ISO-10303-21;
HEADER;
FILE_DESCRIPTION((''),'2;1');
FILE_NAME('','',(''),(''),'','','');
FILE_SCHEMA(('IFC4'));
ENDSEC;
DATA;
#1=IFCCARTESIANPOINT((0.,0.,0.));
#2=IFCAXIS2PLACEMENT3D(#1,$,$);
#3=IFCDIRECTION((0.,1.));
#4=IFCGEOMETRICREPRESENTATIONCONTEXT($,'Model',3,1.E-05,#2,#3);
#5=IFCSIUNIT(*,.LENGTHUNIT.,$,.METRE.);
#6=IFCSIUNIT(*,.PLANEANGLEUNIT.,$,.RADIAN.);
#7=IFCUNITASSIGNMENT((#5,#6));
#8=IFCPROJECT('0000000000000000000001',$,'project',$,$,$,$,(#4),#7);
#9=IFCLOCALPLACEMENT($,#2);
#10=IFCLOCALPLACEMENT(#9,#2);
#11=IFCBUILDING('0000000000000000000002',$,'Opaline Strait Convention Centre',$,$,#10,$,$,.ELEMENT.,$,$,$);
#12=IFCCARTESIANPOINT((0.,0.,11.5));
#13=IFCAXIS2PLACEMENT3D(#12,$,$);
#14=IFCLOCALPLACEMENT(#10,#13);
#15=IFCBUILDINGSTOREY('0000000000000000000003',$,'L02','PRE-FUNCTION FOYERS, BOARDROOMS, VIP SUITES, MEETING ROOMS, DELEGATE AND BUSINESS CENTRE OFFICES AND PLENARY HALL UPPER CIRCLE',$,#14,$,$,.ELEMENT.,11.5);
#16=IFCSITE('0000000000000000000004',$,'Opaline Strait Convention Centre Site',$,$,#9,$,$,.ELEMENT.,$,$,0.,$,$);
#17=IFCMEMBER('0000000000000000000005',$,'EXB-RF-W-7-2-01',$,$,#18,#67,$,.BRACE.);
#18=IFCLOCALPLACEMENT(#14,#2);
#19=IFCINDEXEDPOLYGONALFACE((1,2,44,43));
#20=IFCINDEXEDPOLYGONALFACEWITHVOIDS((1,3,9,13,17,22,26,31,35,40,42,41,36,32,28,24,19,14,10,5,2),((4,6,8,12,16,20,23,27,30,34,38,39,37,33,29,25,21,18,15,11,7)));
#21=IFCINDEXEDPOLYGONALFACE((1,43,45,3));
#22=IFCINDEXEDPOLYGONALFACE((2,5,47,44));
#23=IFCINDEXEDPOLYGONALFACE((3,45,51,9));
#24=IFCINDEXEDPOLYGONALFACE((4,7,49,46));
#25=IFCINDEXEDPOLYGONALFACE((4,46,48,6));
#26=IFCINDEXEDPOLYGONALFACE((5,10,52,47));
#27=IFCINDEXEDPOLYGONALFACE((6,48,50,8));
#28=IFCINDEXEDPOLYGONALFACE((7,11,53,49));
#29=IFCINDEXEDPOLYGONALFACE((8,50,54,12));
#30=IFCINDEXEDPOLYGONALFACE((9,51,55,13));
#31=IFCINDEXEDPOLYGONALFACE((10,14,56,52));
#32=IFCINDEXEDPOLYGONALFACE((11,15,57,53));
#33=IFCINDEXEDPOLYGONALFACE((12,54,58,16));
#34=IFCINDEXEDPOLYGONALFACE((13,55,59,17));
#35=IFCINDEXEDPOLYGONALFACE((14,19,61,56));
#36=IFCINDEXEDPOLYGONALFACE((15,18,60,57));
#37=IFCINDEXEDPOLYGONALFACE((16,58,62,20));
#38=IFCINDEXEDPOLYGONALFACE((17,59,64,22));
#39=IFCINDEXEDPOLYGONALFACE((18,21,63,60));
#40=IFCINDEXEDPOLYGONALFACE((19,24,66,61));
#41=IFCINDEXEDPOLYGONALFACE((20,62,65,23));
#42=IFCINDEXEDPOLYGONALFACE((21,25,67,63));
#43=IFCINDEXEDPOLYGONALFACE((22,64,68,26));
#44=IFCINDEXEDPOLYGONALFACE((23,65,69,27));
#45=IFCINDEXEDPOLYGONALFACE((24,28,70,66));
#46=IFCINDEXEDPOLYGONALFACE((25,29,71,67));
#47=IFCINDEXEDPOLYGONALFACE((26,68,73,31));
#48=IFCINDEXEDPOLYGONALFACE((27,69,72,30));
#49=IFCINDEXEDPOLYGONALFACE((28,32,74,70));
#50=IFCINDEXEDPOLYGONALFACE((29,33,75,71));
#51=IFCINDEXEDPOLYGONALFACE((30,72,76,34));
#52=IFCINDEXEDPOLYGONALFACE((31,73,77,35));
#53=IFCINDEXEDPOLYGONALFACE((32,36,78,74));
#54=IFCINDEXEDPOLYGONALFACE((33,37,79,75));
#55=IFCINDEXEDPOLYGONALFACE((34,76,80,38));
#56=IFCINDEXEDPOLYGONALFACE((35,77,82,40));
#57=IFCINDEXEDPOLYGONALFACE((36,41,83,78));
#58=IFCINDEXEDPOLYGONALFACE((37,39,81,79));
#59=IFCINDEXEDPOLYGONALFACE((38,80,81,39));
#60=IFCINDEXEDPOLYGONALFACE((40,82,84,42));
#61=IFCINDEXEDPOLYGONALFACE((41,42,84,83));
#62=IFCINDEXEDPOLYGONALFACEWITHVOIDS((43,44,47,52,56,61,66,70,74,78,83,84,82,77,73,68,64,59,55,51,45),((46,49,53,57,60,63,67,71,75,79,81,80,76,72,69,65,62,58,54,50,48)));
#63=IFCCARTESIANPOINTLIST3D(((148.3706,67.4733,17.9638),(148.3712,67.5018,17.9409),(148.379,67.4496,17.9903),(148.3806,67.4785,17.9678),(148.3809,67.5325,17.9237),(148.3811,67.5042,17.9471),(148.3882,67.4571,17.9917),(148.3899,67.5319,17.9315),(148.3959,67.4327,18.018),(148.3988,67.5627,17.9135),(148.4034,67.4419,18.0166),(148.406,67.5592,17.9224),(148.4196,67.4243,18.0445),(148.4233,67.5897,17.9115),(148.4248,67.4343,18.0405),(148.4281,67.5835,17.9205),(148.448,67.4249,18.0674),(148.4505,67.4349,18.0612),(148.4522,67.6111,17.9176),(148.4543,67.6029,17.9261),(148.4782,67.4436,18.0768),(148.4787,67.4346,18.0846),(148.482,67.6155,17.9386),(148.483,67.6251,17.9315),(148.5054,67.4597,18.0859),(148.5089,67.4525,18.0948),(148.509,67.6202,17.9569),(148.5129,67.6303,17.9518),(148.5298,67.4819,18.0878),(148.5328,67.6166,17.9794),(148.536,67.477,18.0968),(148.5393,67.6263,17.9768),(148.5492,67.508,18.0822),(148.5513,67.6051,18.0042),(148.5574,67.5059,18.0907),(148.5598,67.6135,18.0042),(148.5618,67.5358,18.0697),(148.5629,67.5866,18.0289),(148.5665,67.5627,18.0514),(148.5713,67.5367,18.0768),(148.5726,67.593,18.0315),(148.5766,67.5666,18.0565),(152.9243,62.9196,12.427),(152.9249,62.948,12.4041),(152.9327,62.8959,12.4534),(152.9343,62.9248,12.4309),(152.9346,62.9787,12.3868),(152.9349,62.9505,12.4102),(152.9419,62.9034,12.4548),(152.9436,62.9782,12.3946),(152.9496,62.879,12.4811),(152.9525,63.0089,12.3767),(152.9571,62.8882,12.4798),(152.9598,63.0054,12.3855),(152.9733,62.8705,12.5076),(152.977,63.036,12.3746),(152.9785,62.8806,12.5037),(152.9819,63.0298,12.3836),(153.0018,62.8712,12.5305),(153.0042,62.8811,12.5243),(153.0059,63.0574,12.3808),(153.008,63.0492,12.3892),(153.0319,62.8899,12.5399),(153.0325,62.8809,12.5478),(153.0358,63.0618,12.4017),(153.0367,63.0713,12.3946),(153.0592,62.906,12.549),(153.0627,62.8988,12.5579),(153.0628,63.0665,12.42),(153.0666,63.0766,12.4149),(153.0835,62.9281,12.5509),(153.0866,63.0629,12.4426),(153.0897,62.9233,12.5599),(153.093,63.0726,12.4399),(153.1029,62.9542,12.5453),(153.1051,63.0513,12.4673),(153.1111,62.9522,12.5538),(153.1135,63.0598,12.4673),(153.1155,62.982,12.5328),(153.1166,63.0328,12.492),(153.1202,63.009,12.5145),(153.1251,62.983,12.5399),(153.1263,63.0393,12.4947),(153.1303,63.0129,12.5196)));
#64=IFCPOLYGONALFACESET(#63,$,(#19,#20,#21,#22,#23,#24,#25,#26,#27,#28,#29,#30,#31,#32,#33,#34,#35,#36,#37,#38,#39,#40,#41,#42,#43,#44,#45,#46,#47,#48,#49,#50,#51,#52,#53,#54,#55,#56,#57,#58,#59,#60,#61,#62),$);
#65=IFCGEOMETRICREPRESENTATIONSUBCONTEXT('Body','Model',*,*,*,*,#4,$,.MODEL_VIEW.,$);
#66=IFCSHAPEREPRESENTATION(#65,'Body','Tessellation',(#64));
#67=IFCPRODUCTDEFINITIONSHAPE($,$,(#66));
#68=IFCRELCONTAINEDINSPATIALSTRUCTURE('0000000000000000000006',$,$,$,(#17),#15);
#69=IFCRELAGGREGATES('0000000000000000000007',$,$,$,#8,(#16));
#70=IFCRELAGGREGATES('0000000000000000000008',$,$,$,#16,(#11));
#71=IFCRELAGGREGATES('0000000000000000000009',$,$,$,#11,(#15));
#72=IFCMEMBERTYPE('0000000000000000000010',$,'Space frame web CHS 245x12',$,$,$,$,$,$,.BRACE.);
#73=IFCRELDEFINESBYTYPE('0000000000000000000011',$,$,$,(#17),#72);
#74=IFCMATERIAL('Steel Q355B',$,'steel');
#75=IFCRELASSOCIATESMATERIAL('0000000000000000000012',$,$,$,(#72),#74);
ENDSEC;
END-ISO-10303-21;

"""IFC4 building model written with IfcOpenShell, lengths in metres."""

from ifc_helpers import new_model, si_unit, direction, frame, origin, origin_2d, place, context, subcontext, project, spatial, hollow_circle, extrude, material, material_profile, profile_set, type_object, element, save


model = new_model("IFC4")

# Units and contexts
model_context = context("Model", 3, precision=1e-05, world=origin(), true_north=direction((0.0, 1.0)))
body_context = subcontext(model_context, "Body", "Model", "MODEL_VIEW")
ifc_project = project(units=[si_unit("LENGTHUNIT", "METRE"), si_unit("PLANEANGLEUNIT", "RADIAN")], contexts=[model_context])

# Site, building, storey
site_placement = place(None, origin())
site = spatial("IfcSite", under=ifc_project, at=site_placement, Name="Opaline Strait Convention Centre Site", CompositionType="ELEMENT", RefElevation=0.0)
building_placement = place(site_placement, origin())
building = spatial("IfcBuilding", under=site, at=building_placement, Name="Opaline Strait Convention Centre", CompositionType="ELEMENT")
storey_placement = place(building_placement, frame((0.0, 0.0, 11.5)))
storey = spatial("IfcBuildingStorey", under=building, at=storey_placement, Name="L02", Description="PRE-FUNCTION FOYERS, BOARDROOMS, VIP SUITES, MEETING ROOMS, DELEGATE AND BUSINESS CENTRE OFFICES AND PLENARY HALL UPPER CIRCLE", CompositionType="ELEMENT", Elevation=11.5)

# Member
ifc_material = material(Name="Steel Q355B", Category="steel")
ifc_material_profile_1 = material_profile(ifc_material, hollow_circle(Radius=0.1226, WallThickness=0.012, at=origin_2d()), Name="CHS 245x12")
ifc_profile_set_1 = profile_set([ifc_material_profile_1], Name="Steel Q355B")
member_type_1 = type_object("IfcMemberType", Name="Space frame web CHS 245x12", PredefinedType="BRACE", material=ifc_profile_set_1)
for number, where, z_axis, x_axis, name in (
    (1, (148.4731, 67.5269, 18.0042), (0.536178, -0.536178, -0.65194), (0.707107, 0.707107, 0.0), "EXB-RF-W-7-2-01"),
):
    element("IfcMember", number, at=place(storey_placement, frame(where, z_axis=z_axis, x_axis=x_axis)), inside=storey, type_object=member_type_1, Name=name, PredefinedType="BRACE", context=body_context, shape_type="SweptSolid", body=[
        extrude(hollow_circle(Radius=0.1226, WallThickness=0.012, at=origin_2d()), origin(), (0.0, 0.0, 1.0), 8.4929),
    ])

save(model, "model.ifc")
